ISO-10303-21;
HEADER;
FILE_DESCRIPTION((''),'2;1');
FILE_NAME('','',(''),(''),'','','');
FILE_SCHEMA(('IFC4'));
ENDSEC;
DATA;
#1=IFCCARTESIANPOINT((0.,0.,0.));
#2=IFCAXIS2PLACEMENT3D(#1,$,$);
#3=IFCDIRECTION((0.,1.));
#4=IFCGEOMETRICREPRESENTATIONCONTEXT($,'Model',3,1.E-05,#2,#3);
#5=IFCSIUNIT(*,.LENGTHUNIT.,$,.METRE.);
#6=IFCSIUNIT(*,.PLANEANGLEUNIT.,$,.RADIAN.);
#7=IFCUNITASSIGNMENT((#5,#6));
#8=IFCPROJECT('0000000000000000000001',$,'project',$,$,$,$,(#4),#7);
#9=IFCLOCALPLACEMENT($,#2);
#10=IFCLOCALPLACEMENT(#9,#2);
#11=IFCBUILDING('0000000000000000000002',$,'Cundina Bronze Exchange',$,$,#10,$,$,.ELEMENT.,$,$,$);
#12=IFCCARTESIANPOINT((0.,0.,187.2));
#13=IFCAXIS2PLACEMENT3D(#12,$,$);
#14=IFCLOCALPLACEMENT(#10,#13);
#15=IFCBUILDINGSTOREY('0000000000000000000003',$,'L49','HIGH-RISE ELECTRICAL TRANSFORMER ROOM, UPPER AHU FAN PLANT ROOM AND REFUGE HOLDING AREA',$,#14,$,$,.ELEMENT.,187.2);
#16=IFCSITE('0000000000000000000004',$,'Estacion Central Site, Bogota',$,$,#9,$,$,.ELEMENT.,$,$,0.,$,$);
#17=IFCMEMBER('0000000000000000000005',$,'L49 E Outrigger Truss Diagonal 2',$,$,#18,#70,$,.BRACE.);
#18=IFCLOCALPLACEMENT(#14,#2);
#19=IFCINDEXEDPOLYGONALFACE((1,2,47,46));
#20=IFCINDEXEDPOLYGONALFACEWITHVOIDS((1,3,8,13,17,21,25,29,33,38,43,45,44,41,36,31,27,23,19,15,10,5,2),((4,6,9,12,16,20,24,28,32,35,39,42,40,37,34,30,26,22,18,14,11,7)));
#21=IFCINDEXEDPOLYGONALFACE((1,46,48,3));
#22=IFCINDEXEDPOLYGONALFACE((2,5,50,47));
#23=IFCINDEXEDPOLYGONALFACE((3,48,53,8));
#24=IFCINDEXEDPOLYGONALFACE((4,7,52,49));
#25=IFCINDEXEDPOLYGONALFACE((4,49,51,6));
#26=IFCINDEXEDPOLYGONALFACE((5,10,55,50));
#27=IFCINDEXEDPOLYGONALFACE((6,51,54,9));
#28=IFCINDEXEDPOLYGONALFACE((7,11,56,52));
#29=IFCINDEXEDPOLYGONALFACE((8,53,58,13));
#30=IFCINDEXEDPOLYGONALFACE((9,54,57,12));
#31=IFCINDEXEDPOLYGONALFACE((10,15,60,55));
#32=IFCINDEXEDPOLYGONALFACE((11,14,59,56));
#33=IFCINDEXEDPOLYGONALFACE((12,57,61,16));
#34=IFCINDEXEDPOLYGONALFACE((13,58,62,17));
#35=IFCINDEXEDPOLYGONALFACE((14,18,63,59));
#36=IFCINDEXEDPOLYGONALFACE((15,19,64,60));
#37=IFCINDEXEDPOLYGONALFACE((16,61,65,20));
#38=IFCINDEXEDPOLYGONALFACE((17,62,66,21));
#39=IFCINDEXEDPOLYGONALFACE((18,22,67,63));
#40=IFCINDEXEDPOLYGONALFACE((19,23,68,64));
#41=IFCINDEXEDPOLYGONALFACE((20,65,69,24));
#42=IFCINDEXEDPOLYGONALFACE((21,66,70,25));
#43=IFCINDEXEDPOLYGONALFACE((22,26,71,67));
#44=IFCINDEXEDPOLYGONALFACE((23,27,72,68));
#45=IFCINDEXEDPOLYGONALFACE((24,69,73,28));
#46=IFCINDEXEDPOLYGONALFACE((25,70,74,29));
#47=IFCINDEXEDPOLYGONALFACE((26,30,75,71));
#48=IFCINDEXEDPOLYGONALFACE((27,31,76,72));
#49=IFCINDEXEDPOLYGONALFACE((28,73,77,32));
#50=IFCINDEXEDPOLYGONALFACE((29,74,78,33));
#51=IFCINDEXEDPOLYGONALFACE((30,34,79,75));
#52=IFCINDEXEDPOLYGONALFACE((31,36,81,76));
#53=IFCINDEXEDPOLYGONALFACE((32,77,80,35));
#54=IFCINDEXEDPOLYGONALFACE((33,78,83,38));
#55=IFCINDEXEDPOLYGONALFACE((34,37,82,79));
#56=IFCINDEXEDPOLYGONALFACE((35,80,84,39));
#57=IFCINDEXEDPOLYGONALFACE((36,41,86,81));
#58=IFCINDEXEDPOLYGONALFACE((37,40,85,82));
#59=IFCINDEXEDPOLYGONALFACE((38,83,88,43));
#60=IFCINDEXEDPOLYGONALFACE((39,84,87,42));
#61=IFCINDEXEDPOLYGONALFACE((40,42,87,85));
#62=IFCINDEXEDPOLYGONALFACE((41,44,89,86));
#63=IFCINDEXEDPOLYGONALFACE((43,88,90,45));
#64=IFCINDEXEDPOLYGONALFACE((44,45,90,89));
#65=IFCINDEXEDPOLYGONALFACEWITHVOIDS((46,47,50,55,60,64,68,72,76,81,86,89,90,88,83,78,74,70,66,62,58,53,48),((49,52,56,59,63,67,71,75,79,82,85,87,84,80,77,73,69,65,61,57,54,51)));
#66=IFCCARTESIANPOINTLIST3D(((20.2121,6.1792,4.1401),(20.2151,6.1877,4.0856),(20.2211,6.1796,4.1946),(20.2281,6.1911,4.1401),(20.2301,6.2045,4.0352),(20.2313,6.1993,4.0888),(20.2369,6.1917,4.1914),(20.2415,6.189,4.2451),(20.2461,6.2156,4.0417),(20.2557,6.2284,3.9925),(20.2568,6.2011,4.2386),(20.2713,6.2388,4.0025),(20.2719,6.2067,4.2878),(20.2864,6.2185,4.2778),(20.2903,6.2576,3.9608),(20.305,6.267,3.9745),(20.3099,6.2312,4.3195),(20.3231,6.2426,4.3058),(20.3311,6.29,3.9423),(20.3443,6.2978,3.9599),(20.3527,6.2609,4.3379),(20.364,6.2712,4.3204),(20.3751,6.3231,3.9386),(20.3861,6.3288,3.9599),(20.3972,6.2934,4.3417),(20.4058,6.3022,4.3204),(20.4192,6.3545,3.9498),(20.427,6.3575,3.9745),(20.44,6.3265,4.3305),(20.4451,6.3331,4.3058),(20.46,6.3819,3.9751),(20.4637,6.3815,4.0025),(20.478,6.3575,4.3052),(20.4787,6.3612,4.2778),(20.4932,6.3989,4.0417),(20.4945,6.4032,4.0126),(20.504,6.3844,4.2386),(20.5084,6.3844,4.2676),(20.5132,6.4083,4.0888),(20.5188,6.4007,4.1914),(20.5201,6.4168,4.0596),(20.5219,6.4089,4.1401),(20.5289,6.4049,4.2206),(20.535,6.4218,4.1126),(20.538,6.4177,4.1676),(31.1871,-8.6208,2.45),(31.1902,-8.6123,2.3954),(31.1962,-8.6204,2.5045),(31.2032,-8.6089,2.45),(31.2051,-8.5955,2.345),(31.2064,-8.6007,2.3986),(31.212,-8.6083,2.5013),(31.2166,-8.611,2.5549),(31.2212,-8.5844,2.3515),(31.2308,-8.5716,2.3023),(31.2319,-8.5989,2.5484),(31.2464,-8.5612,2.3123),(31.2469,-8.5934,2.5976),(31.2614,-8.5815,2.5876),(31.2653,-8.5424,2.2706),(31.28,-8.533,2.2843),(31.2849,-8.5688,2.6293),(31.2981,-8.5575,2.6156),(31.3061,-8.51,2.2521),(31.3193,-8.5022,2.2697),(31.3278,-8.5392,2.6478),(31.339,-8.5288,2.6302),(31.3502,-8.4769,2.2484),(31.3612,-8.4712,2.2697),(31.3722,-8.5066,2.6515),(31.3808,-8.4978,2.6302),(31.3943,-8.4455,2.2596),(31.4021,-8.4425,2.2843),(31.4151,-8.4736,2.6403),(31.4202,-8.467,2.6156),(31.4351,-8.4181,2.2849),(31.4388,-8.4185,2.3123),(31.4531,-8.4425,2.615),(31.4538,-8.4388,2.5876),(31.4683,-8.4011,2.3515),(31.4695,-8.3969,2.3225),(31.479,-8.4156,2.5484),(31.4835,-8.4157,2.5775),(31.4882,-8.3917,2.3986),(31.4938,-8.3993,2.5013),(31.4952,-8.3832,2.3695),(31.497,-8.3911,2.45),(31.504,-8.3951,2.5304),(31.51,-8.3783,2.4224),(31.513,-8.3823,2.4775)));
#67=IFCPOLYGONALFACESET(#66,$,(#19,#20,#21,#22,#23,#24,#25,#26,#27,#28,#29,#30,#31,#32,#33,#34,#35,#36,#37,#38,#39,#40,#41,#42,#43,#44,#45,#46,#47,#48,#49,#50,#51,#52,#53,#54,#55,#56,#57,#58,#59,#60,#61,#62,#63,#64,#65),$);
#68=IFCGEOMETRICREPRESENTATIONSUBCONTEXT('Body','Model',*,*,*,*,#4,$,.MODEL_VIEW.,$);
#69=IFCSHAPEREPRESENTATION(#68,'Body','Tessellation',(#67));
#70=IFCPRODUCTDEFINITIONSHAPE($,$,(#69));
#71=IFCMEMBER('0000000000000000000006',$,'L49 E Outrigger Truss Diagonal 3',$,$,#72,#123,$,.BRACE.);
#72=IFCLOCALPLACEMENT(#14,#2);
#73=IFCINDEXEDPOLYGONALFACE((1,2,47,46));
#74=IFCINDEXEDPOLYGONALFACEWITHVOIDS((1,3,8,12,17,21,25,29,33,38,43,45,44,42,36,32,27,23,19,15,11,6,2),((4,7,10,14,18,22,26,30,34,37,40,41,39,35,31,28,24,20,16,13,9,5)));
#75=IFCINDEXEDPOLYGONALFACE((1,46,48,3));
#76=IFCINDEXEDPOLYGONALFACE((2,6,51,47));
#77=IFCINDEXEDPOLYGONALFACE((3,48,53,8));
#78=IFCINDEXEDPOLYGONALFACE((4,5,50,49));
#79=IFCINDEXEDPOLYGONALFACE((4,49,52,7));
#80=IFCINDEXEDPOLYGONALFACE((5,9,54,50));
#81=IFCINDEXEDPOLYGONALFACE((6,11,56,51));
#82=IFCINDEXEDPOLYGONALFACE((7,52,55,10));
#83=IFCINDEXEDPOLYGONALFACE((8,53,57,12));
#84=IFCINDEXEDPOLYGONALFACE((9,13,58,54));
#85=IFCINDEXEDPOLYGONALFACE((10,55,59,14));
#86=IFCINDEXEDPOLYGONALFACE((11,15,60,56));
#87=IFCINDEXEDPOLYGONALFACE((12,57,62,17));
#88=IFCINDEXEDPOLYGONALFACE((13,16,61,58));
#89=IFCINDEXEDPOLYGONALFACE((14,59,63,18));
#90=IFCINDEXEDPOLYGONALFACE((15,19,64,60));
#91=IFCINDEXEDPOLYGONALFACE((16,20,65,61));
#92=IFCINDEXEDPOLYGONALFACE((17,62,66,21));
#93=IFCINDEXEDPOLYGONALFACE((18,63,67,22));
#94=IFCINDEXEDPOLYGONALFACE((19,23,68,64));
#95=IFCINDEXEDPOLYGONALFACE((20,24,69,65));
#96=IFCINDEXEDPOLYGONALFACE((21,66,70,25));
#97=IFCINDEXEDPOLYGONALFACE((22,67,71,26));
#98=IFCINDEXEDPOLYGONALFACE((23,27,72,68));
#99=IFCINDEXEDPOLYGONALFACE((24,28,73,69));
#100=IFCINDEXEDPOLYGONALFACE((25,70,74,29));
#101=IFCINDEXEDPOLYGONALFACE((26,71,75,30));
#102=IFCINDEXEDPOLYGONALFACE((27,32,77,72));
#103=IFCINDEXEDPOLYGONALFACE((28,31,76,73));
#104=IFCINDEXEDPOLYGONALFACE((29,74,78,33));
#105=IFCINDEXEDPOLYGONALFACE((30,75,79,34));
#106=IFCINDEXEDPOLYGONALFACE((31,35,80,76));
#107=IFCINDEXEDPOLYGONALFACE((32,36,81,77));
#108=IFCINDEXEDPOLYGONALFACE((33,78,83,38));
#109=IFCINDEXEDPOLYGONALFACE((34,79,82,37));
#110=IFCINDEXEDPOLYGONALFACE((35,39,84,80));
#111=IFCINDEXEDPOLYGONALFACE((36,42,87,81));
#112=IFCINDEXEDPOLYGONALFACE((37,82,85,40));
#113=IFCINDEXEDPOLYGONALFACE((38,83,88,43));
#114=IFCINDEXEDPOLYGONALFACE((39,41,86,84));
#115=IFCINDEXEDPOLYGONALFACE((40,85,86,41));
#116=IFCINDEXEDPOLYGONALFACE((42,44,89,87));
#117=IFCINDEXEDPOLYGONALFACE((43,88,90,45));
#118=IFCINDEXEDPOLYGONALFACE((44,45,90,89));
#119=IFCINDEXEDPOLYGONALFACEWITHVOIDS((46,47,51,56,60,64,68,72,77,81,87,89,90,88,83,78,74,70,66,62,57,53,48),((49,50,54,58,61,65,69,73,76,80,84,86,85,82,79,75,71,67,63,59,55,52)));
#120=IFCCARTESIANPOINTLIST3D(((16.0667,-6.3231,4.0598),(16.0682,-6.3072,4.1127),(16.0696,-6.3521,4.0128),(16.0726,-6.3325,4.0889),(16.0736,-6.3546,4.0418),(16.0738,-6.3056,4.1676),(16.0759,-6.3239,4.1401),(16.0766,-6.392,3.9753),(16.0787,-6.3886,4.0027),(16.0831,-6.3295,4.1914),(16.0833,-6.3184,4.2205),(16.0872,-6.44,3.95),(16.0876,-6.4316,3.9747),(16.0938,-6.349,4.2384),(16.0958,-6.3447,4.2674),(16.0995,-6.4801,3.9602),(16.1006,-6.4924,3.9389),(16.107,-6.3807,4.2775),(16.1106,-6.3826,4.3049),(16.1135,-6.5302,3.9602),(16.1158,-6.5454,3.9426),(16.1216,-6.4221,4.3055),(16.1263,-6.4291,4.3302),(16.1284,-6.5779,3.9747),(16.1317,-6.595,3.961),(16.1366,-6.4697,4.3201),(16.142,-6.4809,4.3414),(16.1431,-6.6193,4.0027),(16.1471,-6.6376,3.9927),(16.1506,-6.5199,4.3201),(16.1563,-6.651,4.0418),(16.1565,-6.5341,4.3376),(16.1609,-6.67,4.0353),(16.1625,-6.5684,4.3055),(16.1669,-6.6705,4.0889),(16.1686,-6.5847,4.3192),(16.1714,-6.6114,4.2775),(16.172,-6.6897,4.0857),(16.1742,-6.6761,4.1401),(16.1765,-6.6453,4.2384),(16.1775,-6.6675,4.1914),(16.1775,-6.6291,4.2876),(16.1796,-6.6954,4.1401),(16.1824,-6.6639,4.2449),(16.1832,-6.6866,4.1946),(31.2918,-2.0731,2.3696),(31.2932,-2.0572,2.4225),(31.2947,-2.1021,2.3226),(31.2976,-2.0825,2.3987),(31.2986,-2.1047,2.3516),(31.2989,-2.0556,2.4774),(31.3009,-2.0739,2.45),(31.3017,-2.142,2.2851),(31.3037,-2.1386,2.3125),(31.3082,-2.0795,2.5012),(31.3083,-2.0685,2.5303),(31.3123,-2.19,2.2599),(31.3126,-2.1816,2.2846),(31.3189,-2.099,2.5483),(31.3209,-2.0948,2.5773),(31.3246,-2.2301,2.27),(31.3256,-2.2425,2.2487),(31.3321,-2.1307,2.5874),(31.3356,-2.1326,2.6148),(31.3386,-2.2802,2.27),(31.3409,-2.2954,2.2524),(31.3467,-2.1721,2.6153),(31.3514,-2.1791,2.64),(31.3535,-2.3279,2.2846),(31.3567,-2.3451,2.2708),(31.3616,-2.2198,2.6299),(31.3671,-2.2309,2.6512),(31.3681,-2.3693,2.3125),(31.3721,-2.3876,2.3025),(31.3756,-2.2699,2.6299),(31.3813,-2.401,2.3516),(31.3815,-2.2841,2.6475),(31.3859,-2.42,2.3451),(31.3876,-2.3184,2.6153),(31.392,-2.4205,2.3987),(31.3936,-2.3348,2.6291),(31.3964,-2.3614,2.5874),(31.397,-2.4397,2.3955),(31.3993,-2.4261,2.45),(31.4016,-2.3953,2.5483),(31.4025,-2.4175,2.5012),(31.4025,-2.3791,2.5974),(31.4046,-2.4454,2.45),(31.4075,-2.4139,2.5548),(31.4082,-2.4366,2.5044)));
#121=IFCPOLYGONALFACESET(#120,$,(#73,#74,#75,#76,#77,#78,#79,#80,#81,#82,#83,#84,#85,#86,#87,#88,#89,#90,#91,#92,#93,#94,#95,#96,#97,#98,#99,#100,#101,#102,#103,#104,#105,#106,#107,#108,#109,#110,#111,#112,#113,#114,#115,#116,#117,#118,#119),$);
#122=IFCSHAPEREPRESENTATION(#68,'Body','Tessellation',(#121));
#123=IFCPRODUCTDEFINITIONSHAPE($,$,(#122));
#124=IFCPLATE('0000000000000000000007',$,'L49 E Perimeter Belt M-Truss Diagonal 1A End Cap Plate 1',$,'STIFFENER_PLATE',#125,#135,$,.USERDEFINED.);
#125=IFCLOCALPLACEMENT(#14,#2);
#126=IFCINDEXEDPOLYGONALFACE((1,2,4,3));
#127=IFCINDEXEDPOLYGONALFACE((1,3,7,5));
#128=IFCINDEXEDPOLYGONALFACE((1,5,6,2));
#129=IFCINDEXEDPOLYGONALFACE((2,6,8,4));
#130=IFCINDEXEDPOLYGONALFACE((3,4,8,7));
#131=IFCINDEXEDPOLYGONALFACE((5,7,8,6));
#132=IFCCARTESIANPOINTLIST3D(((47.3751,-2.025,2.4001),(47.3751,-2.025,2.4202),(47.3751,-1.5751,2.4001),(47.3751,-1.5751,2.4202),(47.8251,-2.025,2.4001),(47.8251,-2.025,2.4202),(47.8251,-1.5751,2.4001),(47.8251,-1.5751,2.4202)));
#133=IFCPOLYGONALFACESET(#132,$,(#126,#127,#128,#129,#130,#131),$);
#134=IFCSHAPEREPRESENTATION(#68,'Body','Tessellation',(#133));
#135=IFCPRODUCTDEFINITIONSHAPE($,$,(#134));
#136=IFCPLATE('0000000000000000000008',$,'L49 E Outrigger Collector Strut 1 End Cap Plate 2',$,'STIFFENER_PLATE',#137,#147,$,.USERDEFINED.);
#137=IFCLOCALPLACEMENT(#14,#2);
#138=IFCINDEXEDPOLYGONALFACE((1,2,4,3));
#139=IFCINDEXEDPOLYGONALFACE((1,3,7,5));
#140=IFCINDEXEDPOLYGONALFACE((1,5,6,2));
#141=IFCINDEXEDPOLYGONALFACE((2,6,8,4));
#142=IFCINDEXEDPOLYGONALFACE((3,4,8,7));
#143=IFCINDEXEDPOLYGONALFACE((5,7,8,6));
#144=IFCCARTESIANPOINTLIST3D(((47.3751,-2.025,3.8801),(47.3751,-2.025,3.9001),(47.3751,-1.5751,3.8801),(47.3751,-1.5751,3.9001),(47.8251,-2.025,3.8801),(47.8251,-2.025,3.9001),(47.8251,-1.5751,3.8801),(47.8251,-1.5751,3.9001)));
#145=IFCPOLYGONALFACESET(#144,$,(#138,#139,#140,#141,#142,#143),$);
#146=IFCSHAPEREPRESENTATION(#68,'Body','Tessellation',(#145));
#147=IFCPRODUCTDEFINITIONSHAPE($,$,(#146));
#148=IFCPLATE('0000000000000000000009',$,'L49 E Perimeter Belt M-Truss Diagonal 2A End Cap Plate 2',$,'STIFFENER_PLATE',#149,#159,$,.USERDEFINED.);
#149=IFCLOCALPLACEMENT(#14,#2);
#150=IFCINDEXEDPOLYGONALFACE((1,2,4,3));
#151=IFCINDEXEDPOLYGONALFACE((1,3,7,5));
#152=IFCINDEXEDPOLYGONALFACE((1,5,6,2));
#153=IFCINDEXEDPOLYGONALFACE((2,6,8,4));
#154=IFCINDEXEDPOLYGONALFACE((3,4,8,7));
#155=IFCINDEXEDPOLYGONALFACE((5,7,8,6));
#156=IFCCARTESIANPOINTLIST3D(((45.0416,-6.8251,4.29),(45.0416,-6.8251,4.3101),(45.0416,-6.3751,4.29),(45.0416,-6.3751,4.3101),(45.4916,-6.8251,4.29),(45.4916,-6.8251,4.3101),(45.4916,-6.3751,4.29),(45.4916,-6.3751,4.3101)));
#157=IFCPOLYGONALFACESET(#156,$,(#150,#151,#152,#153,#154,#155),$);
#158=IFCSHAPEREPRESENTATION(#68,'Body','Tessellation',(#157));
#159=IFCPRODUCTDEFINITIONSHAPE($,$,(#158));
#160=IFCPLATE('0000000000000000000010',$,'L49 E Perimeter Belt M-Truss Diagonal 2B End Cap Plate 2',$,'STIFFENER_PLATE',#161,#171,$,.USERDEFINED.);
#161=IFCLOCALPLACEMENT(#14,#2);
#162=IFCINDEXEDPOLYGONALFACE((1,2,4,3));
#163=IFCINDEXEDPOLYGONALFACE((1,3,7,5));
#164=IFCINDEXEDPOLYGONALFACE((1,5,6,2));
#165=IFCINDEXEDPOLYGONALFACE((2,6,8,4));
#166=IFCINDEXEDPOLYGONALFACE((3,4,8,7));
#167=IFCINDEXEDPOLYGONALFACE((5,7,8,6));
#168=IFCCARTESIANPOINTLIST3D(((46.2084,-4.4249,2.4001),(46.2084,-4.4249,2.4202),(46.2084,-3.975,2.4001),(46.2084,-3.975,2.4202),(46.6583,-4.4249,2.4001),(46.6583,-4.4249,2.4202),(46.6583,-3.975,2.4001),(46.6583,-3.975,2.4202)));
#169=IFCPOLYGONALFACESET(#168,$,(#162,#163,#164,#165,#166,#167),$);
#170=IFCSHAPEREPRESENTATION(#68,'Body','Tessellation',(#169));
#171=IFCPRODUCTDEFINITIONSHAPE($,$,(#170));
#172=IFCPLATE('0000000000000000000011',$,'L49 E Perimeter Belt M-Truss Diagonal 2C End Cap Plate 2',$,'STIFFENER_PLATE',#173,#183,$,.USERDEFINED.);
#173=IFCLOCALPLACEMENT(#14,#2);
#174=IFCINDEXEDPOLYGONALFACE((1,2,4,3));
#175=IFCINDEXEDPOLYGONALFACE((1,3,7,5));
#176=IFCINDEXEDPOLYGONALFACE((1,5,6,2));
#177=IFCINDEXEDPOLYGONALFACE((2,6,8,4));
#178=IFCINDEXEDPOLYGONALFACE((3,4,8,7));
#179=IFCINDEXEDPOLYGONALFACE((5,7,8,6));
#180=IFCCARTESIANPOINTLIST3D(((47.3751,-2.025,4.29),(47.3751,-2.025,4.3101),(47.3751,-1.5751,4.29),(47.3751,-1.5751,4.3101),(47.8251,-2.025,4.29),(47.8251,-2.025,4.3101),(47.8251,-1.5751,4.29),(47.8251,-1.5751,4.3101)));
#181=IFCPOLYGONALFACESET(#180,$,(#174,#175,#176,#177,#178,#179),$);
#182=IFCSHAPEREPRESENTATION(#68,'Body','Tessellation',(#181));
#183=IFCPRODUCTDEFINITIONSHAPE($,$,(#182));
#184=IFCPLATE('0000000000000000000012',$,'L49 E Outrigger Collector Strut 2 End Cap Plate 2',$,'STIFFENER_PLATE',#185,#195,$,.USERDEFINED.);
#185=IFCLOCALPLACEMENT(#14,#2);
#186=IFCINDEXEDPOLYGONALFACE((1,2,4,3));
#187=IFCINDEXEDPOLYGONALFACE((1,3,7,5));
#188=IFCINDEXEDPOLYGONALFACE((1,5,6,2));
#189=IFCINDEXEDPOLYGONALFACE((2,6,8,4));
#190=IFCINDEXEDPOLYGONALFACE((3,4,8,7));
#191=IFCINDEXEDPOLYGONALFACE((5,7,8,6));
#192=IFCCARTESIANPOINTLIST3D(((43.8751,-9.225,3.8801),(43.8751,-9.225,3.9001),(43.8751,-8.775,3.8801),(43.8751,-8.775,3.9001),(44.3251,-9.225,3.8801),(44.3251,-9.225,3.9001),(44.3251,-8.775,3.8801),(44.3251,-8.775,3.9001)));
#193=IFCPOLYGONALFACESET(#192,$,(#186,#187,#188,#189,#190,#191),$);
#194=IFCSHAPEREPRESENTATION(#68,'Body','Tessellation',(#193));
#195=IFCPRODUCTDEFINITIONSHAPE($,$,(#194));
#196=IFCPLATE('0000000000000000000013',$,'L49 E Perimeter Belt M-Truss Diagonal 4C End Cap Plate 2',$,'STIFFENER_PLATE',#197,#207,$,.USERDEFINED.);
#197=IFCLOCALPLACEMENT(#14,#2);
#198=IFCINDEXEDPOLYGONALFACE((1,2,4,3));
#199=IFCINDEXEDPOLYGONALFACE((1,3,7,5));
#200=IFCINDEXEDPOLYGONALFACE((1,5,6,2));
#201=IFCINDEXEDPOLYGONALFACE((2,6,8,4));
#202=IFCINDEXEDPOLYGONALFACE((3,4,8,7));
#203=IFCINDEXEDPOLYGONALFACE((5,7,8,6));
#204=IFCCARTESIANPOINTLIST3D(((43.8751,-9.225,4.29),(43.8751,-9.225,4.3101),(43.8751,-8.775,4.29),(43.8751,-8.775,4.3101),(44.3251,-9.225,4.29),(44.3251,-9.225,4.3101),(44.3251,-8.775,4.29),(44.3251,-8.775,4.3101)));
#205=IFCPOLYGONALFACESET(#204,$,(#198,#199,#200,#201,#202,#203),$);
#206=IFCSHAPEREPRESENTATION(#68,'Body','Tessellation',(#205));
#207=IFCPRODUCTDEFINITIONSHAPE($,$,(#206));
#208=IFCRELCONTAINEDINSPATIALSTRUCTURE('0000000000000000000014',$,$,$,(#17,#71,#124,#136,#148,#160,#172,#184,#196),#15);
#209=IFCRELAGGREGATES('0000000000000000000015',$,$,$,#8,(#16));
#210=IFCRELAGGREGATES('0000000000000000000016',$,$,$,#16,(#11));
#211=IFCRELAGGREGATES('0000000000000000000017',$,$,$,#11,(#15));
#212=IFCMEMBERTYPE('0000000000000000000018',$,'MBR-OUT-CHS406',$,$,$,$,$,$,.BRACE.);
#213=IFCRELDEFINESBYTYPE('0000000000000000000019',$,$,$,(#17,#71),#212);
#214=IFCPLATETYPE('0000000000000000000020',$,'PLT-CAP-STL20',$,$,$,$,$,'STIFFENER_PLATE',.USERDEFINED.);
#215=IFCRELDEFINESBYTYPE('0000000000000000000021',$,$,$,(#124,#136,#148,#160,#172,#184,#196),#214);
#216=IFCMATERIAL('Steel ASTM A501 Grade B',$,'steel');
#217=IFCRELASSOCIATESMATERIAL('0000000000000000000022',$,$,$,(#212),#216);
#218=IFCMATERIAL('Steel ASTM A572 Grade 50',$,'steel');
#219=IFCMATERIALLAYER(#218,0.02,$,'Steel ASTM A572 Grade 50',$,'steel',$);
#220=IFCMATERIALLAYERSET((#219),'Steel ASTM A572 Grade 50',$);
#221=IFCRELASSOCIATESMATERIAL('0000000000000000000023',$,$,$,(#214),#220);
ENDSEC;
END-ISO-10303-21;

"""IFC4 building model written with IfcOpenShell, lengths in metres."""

from ifc_helpers import new_model, si_unit, direction, frame, origin, origin_2d, place, context, subcontext, project, spatial, rectangle, hollow_circle, extrude, material, layer, layer_set, material_profile, profile_set, type_object, element, save


model = new_model("IFC4")

# Units and contexts
model_context = context("Model", 3, precision=1e-05, world=origin(), true_north=direction((0.0, 1.0)))
body_context = subcontext(model_context, "Body", "Model", "MODEL_VIEW")
ifc_project = project(units=[si_unit("LENGTHUNIT", "METRE"), si_unit("PLANEANGLEUNIT", "RADIAN")], contexts=[model_context])

# Site, building, storey
site_placement = place(None, origin())
site = spatial("IfcSite", under=ifc_project, at=site_placement, Name="Estacion Central Site, Bogota", CompositionType="ELEMENT", RefElevation=0.0)
building_placement = place(site_placement, origin())
building = spatial("IfcBuilding", under=site, at=building_placement, Name="Cundina Bronze Exchange", CompositionType="ELEMENT")
storey_placement = place(building_placement, frame((0.0, 0.0, 187.2)))
storey = spatial("IfcBuildingStorey", under=building, at=storey_placement, Name="L49", Description="HIGH-RISE ELECTRICAL TRANSFORMER ROOM, UPPER AHU FAN PLANT ROOM AND REFUGE HOLDING AREA", CompositionType="ELEMENT", Elevation=187.2)

# Members
ifc_material_1 = material(Name="Steel ASTM A501 Grade B", Category="steel")
ifc_material_profile_1 = material_profile(ifc_material_1, hollow_circle(Radius=0.2029, WallThickness=0.02, at=origin_2d()), Name="CHS406X20", Category="steel")
ifc_profile_set_1 = profile_set([ifc_material_profile_1], Name="Steel ASTM A501 Grade B")
member_type_1 = type_object("IfcMemberType", Name="MBR-OUT-CHS406", PredefinedType="BRACE", material=ifc_profile_set_1)
member_1_placement = place(storey_placement, frame((31.3501, -8.5, 2.45), z_axis=(-0.593161, 0.799885, 0.091348), x_axis=(-0.803243, -0.595651, 0.0)))
element("IfcMember", 1, at=member_1_placement, inside=storey, type_object=member_type_1, Name="L49 E Outrigger Truss Diagonal 2", PredefinedType="BRACE", context=body_context, shape_type="SweptSolid", body=[
    extrude(hollow_circle(Radius=0.2029, WallThickness=0.02, at=origin_2d()), origin(), (0.0, 0.0, 1.0), 18.5027),
])
member_2_placement = place(storey_placement, frame((31.3501, -2.25, 2.45), z_axis=(-0.957718, -0.267342, 0.106319), x_axis=(0.268866, -0.963178, 0.0)))
element("IfcMember", 2, at=member_2_placement, inside=storey, type_object=member_type_1, Name="L49 E Outrigger Truss Diagonal 3", PredefinedType="BRACE", context=body_context, shape_type="SweptSolid", body=[
    extrude(hollow_circle(Radius=0.2029, WallThickness=0.02, at=origin_2d()), origin(), (0.0, 0.0, 1.0), 15.8972),
])

# Plates
ifc_material_2 = material(Name="Steel ASTM A572 Grade 50", Category="steel")
ifc_layer_1 = layer(ifc_material_2, 0.02, Name="Steel ASTM A572 Grade 50", Category="steel")
ifc_layer_set_1 = layer_set([ifc_layer_1], Name="Steel ASTM A572 Grade 50")
plate_type_1 = type_object("IfcPlateType", Name="PLT-CAP-STL20", ElementType="STIFFENER_PLATE", PredefinedType="USERDEFINED", material=ifc_layer_set_1)
for number, where, z_axis, x_axis, name in (
    (3, (47.6001, -1.8, 2.4001), (0.0, 0.0, 1.0), (1.0, 0.0, 0.0), "L49 E Perimeter Belt M-Truss Diagonal 1A End Cap Plate 1"),
    (4, (47.6001, -1.8, 3.8801), (0.0, 0.0, 1.0), (1.0, 0.0, 0.0), "L49 E Outrigger Collector Strut 1 End Cap Plate 2"),
    (5, (45.2666, -6.6001, 4.29), (0.0, 0.0, 1.0), (1.0, 0.0, 0.0), "L49 E Perimeter Belt M-Truss Diagonal 2A End Cap Plate 2"),
    (6, (46.4333, -4.2, 2.4001), (0.0, 0.0, 1.0), (1.0, 0.0, 0.0), "L49 E Perimeter Belt M-Truss Diagonal 2B End Cap Plate 2"),
    (7, (47.6001, -1.8, 4.29), (0.0, 0.0, 1.0), (1.0, 0.0, 0.0), "L49 E Perimeter Belt M-Truss Diagonal 2C End Cap Plate 2"),
    (8, (44.1001, -9.0, 3.8801), (0.0, 0.0, 1.0), (1.0, 0.0, 0.0), "L49 E Outrigger Collector Strut 2 End Cap Plate 2"),
    (9, (44.1001, -9.0, 4.29), (0.0, 0.0, 1.0), (1.0, 0.0, 0.0), "L49 E Perimeter Belt M-Truss Diagonal 4C End Cap Plate 2"),
):
    element("IfcPlate", number, at=place(storey_placement, frame(where, z_axis=z_axis, x_axis=x_axis)), inside=storey, type_object=plate_type_1, Name=name, ObjectType="STIFFENER_PLATE", PredefinedType="USERDEFINED", context=body_context, shape_type="SweptSolid", body=[
        extrude(rectangle(XDim=0.45, YDim=0.45, at=origin_2d()), origin(), (0.0, 0.0, 1.0), 0.02),
    ])

save(model, "model.ifc")
